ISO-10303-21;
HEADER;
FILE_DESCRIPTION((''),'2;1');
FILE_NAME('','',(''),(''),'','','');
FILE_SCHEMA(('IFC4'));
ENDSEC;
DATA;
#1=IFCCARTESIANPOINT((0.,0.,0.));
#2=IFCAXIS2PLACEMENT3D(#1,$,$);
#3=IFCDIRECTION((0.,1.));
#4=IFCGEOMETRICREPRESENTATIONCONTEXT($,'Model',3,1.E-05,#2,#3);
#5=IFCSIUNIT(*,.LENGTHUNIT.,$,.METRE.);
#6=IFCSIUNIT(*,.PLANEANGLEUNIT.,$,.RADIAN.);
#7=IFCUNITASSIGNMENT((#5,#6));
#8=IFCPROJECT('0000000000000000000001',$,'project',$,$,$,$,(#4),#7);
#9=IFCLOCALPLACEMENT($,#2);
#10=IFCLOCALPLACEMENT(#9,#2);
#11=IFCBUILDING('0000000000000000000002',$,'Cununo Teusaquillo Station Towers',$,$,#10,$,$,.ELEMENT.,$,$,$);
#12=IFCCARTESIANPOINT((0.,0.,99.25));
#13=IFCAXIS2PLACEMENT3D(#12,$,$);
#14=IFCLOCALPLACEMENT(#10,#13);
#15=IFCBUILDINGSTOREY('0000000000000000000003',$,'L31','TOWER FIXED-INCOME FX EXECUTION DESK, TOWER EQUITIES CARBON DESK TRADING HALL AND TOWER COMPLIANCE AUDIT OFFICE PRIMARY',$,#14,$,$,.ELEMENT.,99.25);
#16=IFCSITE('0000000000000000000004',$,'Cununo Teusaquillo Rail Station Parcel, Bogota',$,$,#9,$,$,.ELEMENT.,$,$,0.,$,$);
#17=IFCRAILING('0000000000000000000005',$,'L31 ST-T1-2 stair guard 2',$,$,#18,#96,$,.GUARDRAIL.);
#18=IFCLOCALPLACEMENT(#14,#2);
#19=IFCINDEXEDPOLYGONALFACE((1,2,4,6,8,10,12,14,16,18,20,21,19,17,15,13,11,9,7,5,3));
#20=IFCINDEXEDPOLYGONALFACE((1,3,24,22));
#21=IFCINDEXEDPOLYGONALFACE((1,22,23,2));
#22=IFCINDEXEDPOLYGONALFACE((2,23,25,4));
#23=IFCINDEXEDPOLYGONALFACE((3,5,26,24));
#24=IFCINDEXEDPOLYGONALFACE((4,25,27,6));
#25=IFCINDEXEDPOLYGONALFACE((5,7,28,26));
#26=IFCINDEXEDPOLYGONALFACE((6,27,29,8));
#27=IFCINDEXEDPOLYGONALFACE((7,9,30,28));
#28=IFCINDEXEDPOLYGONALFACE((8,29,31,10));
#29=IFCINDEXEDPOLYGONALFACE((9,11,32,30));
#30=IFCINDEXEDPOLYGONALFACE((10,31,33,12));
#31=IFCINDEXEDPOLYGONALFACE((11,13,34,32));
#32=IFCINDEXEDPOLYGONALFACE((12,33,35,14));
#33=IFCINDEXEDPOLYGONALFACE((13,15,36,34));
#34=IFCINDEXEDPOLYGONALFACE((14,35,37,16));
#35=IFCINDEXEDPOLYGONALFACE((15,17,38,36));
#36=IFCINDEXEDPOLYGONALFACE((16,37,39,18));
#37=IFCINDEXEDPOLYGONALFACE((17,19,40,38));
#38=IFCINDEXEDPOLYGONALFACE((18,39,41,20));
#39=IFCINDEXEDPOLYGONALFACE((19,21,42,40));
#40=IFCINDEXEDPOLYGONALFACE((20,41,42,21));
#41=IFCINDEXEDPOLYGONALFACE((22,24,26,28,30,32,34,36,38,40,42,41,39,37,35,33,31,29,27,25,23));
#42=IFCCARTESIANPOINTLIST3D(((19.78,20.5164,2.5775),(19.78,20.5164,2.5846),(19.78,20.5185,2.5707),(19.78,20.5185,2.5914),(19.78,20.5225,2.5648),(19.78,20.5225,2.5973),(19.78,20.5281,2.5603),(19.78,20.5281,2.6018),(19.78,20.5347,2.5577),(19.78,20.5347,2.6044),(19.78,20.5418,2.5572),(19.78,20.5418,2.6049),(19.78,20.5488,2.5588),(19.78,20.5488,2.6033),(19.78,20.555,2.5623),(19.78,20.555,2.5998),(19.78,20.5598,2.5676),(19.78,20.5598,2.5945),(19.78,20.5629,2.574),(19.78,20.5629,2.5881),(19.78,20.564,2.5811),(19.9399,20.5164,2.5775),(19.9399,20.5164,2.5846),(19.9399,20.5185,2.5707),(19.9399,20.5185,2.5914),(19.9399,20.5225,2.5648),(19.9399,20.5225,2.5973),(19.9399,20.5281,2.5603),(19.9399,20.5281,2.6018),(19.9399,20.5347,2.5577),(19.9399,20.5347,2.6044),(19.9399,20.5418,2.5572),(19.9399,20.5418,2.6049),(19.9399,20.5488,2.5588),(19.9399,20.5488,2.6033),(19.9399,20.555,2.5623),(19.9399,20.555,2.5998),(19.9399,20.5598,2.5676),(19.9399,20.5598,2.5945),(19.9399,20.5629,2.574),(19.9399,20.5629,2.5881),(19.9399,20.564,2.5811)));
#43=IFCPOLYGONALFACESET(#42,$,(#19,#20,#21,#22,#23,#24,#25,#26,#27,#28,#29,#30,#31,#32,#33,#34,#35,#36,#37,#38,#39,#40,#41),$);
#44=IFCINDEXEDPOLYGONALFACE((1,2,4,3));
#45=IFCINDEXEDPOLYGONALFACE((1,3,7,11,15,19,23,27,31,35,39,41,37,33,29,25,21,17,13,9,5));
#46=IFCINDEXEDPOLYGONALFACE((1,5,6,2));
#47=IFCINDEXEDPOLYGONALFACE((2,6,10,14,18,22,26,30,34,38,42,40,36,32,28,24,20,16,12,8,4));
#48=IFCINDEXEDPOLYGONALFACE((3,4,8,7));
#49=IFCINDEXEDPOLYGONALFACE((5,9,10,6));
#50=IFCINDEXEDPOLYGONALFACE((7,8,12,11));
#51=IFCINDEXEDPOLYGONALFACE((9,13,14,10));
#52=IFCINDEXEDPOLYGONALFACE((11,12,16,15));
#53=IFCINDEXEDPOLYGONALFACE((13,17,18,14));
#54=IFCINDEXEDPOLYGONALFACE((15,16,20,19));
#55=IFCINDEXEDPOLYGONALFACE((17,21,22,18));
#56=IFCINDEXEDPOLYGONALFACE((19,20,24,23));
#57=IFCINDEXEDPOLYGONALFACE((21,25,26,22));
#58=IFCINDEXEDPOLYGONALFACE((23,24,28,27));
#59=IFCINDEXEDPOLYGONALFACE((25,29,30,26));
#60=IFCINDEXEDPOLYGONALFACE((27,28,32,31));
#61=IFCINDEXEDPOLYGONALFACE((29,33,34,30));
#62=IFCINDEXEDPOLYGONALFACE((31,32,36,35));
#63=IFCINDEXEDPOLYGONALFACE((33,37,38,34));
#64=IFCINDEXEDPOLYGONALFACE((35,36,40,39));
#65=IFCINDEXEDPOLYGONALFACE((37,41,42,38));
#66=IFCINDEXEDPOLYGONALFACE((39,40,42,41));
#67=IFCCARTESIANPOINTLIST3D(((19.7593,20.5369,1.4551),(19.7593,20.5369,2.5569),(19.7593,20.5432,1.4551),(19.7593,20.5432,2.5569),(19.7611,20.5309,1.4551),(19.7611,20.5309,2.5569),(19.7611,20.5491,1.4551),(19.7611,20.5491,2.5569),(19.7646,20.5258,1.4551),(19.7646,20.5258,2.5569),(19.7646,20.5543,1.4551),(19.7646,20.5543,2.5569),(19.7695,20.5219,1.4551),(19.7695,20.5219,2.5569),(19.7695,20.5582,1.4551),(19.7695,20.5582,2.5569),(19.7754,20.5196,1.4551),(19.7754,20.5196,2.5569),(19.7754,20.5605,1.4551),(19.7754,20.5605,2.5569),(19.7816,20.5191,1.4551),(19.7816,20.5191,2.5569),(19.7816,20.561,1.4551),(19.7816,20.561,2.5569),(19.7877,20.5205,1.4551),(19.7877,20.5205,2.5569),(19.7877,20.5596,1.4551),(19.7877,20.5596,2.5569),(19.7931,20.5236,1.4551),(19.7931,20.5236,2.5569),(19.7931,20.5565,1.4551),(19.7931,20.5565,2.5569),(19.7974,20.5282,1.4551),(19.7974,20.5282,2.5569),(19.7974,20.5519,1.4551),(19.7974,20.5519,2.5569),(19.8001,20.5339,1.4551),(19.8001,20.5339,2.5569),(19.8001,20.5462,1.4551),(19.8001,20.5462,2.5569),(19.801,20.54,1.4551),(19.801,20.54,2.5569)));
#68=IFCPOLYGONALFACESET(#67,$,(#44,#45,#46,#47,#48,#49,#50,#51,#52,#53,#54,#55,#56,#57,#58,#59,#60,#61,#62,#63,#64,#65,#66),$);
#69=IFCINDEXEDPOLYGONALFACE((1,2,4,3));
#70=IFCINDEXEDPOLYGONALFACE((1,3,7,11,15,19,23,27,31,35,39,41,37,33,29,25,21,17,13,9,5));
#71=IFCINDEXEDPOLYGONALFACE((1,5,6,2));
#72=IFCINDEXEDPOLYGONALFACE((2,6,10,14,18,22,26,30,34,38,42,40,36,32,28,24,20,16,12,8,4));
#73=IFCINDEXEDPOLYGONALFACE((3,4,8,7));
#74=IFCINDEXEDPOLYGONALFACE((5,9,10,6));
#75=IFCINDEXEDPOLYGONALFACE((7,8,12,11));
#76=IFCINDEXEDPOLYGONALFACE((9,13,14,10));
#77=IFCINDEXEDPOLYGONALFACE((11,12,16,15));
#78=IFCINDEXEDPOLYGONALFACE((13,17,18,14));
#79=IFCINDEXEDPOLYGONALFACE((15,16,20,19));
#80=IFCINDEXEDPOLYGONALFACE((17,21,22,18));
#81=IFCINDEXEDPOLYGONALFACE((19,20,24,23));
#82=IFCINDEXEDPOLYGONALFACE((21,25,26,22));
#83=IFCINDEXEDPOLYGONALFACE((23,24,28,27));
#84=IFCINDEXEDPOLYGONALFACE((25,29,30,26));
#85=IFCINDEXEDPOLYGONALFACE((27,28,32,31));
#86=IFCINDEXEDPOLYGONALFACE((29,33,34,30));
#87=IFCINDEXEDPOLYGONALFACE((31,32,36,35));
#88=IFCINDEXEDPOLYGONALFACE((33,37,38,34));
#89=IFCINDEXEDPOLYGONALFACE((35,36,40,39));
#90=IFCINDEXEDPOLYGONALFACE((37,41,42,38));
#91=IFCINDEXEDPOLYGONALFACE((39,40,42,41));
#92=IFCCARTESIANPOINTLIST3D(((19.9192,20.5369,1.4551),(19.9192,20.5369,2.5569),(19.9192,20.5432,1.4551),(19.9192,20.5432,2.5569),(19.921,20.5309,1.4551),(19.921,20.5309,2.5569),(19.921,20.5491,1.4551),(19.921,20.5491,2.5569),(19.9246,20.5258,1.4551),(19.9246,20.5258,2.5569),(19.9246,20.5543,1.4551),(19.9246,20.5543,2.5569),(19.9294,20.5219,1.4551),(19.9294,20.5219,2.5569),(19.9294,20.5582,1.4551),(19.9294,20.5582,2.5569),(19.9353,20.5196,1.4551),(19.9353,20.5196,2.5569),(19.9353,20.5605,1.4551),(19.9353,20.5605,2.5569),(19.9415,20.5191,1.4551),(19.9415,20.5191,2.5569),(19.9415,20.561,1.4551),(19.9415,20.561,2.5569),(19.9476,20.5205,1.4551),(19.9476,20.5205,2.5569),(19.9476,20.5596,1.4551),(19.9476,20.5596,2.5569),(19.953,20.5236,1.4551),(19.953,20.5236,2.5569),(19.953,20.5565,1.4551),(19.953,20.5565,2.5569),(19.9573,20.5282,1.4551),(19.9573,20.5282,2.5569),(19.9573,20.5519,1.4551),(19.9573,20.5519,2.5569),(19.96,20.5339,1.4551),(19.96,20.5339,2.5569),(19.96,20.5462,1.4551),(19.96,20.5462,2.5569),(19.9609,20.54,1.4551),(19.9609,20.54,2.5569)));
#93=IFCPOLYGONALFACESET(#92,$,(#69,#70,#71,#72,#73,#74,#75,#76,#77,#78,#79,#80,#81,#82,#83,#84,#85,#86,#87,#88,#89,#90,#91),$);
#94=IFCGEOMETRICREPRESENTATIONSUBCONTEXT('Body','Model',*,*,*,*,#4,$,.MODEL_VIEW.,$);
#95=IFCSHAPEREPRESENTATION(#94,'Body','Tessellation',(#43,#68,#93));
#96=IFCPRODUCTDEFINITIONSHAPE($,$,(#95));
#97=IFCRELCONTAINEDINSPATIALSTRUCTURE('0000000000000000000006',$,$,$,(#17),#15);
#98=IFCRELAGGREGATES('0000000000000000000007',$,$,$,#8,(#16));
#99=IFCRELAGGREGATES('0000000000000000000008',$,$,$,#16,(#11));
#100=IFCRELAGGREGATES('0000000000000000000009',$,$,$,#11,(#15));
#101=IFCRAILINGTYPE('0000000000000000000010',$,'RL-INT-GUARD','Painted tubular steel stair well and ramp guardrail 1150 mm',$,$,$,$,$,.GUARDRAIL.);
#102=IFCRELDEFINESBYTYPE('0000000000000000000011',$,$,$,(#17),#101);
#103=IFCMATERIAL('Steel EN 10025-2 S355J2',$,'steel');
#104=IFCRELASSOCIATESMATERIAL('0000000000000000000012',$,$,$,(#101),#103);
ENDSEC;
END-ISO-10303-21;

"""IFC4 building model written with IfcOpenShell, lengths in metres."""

from ifc_helpers import new_model, si_unit, direction, frame, origin, origin_2d, place, context, subcontext, project, spatial, circle, extrude, material, type_object, element, save


model = new_model("IFC4")

# Units and contexts
model_context = context("Model", 3, precision=1e-05, world=origin(), true_north=direction((0.0, 1.0)))
body_context = subcontext(model_context, "Body", "Model", "MODEL_VIEW")
ifc_project = project(units=[si_unit("LENGTHUNIT", "METRE"), si_unit("PLANEANGLEUNIT", "RADIAN")], contexts=[model_context])

# Site, building, storey
site_placement = place(None, origin())
site = spatial("IfcSite", under=ifc_project, at=site_placement, Name="Cununo Teusaquillo Rail Station Parcel, Bogota", CompositionType="ELEMENT", RefElevation=0.0)
building_placement = place(site_placement, origin())
building = spatial("IfcBuilding", under=site, at=building_placement, Name="Cununo Teusaquillo Station Towers", CompositionType="ELEMENT")
storey_placement = place(building_placement, frame((0.0, 0.0, 99.25)))
storey = spatial("IfcBuildingStorey", under=building, at=storey_placement, Name="L31", Description="TOWER FIXED-INCOME FX EXECUTION DESK, TOWER EQUITIES CARBON DESK TRADING HALL AND TOWER COMPLIANCE AUDIT OFFICE PRIMARY", CompositionType="ELEMENT", Elevation=99.25)

# Railing
ifc_material_1 = material(Name="Steel EN 10025-2 S355J2", Category="steel")
railing_type_1 = type_object("IfcRailingType", Name="RL-INT-GUARD", Description="Painted tubular steel stair well and ramp guardrail 1150 mm", PredefinedType="GUARDRAIL", material=ifc_material_1)
railing_1_placement = place(storey_placement, frame((19.78, 20.54, 1.4551)))
element("IfcRailing", 1, at=railing_1_placement, inside=storey, type_object=railing_type_1, Name="L31 ST-T1-2 stair guard 2", PredefinedType="GUARDRAIL", context=body_context, shape_type="SweptSolid", body=[
    extrude(circle(Radius=0.0239, at=origin_2d()), frame((0.0, 0.0, 1.126), z_axis=(1.0, 0.0, 0.0), x_axis=(0.0, 1.0, 0.0)), (0.0, 0.0, 1.0), 0.1599),
    extrude(circle(Radius=0.021, at=origin_2d()), origin(), (0.0, 0.0, 1.0), 1.1018),
    extrude(circle(Radius=0.021, at=origin_2d()), frame((0.1599, 0.0, 0.0)), (0.0, 0.0, 1.0), 1.1018),
])

save(model, "model.ifc")
